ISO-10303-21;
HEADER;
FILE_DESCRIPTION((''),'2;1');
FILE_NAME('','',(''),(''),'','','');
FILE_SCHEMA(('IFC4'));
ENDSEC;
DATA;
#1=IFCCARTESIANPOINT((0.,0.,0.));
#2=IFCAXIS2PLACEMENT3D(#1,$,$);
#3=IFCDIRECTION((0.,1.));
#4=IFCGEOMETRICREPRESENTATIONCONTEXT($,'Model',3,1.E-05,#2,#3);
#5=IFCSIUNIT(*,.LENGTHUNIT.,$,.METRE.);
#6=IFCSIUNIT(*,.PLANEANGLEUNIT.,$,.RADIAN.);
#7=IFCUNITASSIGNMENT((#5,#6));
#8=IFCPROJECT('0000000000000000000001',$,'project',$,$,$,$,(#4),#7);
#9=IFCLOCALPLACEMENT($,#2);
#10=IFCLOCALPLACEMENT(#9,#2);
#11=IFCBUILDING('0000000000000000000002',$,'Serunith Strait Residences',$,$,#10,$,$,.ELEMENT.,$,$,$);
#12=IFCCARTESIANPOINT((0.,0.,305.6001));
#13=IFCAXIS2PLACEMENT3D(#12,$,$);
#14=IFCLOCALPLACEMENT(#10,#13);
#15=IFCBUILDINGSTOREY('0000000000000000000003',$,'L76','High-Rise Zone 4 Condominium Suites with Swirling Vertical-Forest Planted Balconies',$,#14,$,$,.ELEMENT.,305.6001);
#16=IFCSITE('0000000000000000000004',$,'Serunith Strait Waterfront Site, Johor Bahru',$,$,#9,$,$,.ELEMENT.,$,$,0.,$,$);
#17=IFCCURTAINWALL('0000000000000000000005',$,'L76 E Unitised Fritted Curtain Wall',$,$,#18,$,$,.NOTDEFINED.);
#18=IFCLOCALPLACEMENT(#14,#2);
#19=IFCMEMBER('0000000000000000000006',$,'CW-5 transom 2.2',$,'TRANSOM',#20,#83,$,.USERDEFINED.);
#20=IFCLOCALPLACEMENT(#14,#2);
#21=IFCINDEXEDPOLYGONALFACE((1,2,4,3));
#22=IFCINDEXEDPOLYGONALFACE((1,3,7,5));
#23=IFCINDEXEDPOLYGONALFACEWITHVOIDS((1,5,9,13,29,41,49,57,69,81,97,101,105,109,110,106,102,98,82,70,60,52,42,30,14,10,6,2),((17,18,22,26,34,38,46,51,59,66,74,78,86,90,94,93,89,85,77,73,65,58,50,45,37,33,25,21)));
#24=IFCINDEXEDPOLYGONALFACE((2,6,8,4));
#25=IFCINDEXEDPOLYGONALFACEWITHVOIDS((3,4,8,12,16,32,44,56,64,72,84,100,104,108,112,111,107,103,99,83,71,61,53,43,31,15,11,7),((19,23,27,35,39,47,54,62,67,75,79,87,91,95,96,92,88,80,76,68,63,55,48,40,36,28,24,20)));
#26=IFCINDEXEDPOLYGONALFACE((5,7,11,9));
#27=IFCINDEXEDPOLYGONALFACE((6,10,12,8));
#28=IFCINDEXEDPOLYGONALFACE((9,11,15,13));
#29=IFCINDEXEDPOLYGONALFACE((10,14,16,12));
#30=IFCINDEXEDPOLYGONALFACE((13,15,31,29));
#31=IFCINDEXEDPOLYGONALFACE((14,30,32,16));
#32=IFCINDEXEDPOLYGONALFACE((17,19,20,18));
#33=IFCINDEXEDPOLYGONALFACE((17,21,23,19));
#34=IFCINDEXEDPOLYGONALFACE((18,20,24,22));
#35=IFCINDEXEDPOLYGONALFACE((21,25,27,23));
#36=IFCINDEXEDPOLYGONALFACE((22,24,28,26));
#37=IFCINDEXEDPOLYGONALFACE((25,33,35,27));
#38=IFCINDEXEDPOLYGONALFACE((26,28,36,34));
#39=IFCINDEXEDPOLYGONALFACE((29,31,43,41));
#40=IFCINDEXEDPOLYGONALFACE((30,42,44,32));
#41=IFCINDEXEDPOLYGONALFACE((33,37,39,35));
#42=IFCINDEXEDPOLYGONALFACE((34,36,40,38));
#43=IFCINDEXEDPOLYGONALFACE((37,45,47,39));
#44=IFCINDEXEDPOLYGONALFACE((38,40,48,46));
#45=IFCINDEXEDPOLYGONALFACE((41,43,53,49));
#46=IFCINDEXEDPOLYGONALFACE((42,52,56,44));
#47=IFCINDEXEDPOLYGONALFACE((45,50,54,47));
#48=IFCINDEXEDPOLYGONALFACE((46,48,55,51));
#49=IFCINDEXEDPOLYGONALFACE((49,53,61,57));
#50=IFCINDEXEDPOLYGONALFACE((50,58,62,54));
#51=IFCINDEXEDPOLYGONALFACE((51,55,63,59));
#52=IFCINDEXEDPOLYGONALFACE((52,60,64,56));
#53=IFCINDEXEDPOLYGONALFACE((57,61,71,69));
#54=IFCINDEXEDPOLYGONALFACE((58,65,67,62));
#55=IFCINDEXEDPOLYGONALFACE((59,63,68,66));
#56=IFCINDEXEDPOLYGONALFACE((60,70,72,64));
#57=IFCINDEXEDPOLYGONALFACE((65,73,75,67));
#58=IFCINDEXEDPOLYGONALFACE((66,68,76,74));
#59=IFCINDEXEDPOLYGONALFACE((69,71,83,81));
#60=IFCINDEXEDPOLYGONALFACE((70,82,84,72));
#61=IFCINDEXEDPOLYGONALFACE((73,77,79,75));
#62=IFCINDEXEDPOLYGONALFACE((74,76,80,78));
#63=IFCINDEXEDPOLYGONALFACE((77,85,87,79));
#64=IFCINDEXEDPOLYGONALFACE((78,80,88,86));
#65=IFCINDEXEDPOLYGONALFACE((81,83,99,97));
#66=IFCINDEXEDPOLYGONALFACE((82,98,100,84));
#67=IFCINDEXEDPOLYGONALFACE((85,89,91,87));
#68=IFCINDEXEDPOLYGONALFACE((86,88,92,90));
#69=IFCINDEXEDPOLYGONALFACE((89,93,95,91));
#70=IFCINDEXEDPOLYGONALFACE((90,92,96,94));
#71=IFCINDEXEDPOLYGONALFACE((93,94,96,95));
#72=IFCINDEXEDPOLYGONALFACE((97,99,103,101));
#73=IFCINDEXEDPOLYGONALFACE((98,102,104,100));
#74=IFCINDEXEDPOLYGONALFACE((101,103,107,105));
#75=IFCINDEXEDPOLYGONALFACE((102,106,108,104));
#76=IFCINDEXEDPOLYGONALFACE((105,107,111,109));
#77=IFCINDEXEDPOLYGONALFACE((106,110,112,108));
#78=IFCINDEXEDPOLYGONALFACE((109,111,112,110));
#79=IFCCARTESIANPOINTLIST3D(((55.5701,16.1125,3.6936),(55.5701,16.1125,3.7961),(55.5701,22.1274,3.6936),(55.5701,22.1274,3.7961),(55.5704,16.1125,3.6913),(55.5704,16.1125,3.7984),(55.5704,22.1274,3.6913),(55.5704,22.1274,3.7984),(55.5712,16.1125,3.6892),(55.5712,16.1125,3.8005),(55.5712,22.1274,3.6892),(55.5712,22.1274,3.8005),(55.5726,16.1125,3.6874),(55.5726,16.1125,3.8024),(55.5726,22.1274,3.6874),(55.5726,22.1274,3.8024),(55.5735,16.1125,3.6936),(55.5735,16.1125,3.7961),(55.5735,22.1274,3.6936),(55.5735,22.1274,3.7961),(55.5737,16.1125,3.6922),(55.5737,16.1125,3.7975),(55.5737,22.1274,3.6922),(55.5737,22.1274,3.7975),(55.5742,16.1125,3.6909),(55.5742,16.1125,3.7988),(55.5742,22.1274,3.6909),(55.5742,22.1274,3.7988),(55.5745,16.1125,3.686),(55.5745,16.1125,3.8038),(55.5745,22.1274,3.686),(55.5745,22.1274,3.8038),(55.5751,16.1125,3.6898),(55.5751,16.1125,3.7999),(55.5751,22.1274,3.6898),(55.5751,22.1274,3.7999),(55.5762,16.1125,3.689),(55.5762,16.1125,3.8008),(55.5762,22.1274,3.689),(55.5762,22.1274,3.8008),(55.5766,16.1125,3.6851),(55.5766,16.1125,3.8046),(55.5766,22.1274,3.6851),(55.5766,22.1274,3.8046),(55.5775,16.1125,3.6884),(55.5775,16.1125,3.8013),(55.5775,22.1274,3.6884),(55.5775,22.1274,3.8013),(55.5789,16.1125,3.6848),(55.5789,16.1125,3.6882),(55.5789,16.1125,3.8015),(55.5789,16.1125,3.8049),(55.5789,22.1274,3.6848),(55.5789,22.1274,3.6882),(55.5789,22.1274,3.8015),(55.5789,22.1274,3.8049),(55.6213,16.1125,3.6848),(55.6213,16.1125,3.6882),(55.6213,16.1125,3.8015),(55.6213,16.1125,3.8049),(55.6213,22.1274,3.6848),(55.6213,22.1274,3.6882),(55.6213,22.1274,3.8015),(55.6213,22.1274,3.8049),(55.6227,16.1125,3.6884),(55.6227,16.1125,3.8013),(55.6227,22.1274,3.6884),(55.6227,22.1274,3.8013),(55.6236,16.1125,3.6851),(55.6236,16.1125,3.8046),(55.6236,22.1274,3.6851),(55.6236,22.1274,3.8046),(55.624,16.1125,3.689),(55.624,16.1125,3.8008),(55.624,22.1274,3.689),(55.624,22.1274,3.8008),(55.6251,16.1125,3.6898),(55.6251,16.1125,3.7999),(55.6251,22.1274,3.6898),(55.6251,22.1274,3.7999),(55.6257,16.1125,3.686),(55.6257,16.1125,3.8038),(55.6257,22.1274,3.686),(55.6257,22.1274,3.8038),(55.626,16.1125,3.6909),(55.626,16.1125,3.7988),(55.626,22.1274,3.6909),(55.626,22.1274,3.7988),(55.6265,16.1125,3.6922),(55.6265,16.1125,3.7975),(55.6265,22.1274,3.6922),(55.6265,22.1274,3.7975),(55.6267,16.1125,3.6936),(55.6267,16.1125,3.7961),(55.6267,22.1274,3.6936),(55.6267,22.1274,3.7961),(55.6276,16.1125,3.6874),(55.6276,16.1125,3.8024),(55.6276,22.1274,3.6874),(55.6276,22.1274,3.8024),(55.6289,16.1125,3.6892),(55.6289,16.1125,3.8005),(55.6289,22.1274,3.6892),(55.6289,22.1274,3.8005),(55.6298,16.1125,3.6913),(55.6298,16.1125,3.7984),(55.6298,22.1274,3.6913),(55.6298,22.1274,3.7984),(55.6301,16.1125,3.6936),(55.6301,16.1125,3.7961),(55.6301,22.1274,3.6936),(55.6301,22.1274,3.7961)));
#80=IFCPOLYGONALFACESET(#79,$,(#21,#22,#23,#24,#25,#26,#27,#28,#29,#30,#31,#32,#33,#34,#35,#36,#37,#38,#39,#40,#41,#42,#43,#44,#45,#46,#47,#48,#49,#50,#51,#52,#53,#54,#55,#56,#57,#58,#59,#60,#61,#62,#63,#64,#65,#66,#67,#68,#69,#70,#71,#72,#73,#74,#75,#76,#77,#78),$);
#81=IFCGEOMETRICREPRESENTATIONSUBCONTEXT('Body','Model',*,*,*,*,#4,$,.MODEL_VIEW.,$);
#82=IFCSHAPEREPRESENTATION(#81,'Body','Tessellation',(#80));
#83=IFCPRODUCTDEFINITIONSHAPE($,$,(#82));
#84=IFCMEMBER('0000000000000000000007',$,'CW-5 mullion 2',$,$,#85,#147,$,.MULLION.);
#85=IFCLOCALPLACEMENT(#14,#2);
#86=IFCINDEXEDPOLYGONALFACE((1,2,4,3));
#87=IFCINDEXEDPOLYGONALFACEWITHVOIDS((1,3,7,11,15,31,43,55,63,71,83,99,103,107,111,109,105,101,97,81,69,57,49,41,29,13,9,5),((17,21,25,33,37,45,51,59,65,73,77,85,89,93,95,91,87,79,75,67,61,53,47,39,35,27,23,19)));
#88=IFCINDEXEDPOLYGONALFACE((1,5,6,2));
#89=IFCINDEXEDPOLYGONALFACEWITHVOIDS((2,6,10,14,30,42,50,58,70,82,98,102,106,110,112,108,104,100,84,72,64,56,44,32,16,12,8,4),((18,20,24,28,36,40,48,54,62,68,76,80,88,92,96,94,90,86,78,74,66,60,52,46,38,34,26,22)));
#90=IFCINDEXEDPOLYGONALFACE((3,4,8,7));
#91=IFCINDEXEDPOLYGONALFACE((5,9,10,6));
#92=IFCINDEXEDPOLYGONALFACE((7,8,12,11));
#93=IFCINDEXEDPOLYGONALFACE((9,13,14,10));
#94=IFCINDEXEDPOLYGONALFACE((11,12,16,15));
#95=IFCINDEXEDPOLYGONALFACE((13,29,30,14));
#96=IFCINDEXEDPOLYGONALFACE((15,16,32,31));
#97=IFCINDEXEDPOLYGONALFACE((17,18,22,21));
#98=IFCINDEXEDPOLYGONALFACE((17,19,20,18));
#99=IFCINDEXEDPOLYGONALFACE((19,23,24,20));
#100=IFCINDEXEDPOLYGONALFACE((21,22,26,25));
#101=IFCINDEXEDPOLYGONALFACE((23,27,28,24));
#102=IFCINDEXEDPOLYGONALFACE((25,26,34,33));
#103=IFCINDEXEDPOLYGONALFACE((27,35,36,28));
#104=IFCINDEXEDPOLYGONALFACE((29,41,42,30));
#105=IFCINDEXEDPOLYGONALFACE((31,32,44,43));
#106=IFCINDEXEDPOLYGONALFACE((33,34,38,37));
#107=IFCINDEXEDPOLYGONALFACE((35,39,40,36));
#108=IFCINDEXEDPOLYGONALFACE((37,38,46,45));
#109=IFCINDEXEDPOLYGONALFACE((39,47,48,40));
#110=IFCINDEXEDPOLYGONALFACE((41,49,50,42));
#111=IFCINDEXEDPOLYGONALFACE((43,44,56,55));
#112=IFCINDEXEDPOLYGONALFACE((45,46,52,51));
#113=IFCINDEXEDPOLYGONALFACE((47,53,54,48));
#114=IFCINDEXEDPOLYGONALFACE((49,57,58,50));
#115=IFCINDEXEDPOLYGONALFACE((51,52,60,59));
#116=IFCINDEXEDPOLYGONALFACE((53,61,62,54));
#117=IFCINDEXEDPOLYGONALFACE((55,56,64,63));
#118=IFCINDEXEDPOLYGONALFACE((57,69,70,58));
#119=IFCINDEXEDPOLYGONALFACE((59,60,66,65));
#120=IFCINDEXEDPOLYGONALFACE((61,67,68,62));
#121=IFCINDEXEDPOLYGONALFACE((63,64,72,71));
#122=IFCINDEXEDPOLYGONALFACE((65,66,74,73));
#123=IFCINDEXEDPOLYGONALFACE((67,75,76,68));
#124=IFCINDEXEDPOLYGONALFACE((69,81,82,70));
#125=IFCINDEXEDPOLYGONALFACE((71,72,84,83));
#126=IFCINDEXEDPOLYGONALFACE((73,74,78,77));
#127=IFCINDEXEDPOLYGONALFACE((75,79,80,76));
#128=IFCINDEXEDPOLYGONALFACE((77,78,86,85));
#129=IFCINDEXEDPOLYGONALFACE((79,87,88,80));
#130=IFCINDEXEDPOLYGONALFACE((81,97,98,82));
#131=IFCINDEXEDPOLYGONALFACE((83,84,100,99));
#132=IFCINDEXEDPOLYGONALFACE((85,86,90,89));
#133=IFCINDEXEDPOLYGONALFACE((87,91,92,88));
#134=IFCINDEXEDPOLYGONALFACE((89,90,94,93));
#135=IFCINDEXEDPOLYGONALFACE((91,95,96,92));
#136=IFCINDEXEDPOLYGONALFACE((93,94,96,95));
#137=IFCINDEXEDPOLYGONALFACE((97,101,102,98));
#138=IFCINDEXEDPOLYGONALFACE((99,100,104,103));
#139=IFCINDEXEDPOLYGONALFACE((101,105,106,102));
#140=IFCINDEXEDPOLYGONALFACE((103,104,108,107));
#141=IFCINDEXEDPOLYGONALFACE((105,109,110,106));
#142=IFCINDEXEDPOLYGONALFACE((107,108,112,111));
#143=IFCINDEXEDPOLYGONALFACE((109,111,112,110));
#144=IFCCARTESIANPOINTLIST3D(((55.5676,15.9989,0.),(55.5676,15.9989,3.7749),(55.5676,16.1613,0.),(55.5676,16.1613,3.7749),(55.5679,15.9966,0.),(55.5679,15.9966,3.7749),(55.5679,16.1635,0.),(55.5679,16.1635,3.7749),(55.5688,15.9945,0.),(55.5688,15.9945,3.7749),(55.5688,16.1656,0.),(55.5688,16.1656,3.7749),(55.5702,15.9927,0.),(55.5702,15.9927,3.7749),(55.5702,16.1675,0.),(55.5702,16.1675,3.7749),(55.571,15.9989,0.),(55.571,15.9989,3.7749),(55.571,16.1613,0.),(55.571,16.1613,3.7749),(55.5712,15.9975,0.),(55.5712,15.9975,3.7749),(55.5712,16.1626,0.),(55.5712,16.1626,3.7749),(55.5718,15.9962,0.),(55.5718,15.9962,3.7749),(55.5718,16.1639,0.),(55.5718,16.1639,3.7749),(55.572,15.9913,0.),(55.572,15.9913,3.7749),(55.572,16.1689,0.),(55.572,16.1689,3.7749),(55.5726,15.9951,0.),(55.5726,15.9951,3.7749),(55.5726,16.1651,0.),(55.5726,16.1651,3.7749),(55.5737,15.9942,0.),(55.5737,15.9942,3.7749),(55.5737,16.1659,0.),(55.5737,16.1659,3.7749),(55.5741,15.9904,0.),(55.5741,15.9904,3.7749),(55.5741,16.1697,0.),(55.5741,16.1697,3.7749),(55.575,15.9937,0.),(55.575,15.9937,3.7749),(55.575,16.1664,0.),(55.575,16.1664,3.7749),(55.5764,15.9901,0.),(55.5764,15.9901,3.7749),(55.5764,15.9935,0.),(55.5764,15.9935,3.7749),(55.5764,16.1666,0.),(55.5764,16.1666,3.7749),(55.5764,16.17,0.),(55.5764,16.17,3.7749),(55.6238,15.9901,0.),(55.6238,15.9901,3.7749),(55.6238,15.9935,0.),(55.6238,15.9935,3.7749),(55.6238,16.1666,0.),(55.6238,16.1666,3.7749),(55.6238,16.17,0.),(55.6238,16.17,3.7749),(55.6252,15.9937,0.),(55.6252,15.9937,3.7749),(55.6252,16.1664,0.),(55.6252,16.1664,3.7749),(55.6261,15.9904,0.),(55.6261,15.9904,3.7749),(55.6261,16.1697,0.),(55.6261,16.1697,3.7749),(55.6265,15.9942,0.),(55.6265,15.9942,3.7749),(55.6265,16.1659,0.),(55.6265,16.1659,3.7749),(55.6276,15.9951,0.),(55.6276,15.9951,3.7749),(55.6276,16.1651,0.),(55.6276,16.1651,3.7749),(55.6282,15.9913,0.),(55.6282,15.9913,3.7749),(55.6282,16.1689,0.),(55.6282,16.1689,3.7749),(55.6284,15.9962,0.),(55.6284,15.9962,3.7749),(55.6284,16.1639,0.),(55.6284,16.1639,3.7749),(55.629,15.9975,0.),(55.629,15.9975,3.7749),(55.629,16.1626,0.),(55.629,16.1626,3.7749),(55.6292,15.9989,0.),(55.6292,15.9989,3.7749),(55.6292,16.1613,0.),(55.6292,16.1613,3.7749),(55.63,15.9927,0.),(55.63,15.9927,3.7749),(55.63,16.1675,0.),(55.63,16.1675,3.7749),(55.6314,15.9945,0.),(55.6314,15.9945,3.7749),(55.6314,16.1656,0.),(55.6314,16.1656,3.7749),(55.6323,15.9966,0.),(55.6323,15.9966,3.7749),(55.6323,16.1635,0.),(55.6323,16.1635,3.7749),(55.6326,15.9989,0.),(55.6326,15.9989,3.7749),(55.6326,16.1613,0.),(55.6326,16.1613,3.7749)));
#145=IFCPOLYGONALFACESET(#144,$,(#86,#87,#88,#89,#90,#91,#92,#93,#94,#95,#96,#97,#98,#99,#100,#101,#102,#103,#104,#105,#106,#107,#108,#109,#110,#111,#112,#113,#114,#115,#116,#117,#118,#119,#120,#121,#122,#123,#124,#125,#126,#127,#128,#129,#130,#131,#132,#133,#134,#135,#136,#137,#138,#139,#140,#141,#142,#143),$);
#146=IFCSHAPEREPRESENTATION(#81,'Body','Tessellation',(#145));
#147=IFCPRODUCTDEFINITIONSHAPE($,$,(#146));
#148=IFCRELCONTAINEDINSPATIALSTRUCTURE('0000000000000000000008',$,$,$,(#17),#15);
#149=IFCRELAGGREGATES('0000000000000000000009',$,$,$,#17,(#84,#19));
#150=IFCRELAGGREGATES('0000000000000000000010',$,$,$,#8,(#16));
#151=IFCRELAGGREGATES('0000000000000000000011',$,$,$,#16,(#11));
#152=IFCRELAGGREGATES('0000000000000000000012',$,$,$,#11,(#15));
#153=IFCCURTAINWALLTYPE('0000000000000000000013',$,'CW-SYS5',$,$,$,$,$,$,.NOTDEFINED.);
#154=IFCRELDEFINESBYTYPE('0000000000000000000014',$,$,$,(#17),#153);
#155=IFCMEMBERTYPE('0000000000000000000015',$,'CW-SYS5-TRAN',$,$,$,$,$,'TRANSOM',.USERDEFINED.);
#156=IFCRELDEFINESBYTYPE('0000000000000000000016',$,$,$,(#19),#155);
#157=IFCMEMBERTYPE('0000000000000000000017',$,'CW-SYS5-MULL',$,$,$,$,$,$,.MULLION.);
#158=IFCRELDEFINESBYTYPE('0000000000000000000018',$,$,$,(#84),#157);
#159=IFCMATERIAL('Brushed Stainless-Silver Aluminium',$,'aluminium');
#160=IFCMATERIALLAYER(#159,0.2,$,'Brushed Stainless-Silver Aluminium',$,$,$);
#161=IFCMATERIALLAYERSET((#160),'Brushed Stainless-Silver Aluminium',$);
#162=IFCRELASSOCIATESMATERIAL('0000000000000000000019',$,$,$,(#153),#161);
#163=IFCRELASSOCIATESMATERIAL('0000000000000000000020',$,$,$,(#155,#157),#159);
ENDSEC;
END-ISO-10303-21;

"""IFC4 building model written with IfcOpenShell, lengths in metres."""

from ifc_helpers import new_model, si_unit, direction, frame, origin, origin_2d, place, context, subcontext, project, spatial, hollow_rectangle, extrude, source, transform, mapped, material, layer, layer_set, material_profile, profile_set, type_object, element, aggregate, save


model = new_model("IFC4")

# Units and contexts
model_context = context("Model", 3, precision=1e-05, world=origin(), true_north=direction((0.0, 1.0)))
body_context = subcontext(model_context, "Body", "Model", "MODEL_VIEW")
ifc_project = project(units=[si_unit("LENGTHUNIT", "METRE"), si_unit("PLANEANGLEUNIT", "RADIAN")], contexts=[model_context])

# Site, building, storey
site_placement = place(None, origin())
site = spatial("IfcSite", under=ifc_project, at=site_placement, Name="Serunith Strait Waterfront Site, Johor Bahru", CompositionType="ELEMENT", RefElevation=0.0)
building_placement = place(site_placement, origin())
building = spatial("IfcBuilding", under=site, at=building_placement, Name="Serunith Strait Residences", CompositionType="ELEMENT")
storey_placement = place(building_placement, frame((0.0, 0.0, 305.6001)))
storey = spatial("IfcBuildingStorey", under=building, at=storey_placement, Name="L76", Description="High-Rise Zone 4 Condominium Suites with Swirling Vertical-Forest Planted Balconies", CompositionType="ELEMENT", Elevation=305.6001)

# Curtain wall, members
ifc_material_1 = material(Name="Brushed Stainless-Silver Aluminium", Category="aluminium")
ifc_layer_1 = layer(ifc_material_1, 0.2, Name="Brushed Stainless-Silver Aluminium")
ifc_layer_set_1 = layer_set([ifc_layer_1], Name="Brushed Stainless-Silver Aluminium")
curtain_wall_type = type_object("IfcCurtainWallType", Name="CW-SYS5", PredefinedType="NOTDEFINED", material=ifc_layer_set_1)
curtain_wall_placement = place(storey_placement, origin())
curtain_wall = element("IfcCurtainWall", 1, at=curtain_wall_placement, inside=storey, type_object=curtain_wall_type, Name="L76 E Unitised Fritted Curtain Wall", PredefinedType="NOTDEFINED")
ifc_material_profile_1 = material_profile(ifc_material_1, hollow_rectangle(XDim=0.0601, YDim=0.1201, WallThickness=0.0034, InnerFilletRadius=0.0054, OuterFilletRadius=0.0088, at=origin_2d()), Name="ALU 120x60x3.5")
ifc_profile_set_1 = profile_set([ifc_material_profile_1], Name="Brushed Stainless-Silver Aluminium")
member_type_1 = type_object("IfcMemberType", Name="CW-SYS5-TRAN", ElementType="TRANSOM", PredefinedType="USERDEFINED", material=ifc_profile_set_1)
shared_shape_1 = source(origin(), body_context, "Body", "SweptSolid", [
    extrude(hollow_rectangle(XDim=0.0601, YDim=0.1201, WallThickness=0.0034, InnerFilletRadius=0.0054, OuterFilletRadius=0.0088, at=origin_2d()), origin(), (0.0, 0.0, 1.0), 6.0149),
])
member_1_placement = place(storey_placement, frame((55.6001, 16.1125, 3.7449), z_axis=(0.0, 1.0, 0.0), x_axis=(-1.0, 0.0, 0.0)))
member_1 = element("IfcMember", 2, at=member_1_placement, type_object=member_type_1, Name="CW-5 transom 2.2", ObjectType="TRANSOM", PredefinedType="USERDEFINED", context=body_context, shape_type="MappedRepresentation", body=[
    mapped(shared_shape_1, transform((0.0, 0.0, 0.0), scale=1.0)),
])
ifc_material_profile_2 = material_profile(ifc_material_1, hollow_rectangle(XDim=0.0649, YDim=0.1799, WallThickness=0.0034, InnerFilletRadius=0.0054, OuterFilletRadius=0.0088, at=origin_2d()), Name="ALU 180x65x3.5")
ifc_profile_set_2 = profile_set([ifc_material_profile_2], Name="Brushed Stainless-Silver Aluminium")
member_type_2 = type_object("IfcMemberType", Name="CW-SYS5-MULL", PredefinedType="MULLION", material=ifc_profile_set_2)
shared_shape_2 = source(origin(), body_context, "Body", "SweptSolid", [
    extrude(hollow_rectangle(XDim=0.0649, YDim=0.1799, WallThickness=0.0034, InnerFilletRadius=0.0054, OuterFilletRadius=0.0088, at=origin_2d()), origin(), (0.0, 0.0, 1.0), 3.7749),
])
member_2_placement = place(storey_placement, frame((55.6001, 16.0801, 0.0), z_axis=(0.0, 0.0, 1.0), x_axis=(-1.0, 0.0, 0.0)))
member_2 = element("IfcMember", 3, at=member_2_placement, type_object=member_type_2, Name="CW-5 mullion 2", PredefinedType="MULLION", context=body_context, shape_type="MappedRepresentation", body=[
    mapped(shared_shape_2, transform((0.0, 0.0, 0.0), scale=1.0)),
])
aggregate(curtain_wall, [member_2, member_1])

save(model, "model.ifc")
